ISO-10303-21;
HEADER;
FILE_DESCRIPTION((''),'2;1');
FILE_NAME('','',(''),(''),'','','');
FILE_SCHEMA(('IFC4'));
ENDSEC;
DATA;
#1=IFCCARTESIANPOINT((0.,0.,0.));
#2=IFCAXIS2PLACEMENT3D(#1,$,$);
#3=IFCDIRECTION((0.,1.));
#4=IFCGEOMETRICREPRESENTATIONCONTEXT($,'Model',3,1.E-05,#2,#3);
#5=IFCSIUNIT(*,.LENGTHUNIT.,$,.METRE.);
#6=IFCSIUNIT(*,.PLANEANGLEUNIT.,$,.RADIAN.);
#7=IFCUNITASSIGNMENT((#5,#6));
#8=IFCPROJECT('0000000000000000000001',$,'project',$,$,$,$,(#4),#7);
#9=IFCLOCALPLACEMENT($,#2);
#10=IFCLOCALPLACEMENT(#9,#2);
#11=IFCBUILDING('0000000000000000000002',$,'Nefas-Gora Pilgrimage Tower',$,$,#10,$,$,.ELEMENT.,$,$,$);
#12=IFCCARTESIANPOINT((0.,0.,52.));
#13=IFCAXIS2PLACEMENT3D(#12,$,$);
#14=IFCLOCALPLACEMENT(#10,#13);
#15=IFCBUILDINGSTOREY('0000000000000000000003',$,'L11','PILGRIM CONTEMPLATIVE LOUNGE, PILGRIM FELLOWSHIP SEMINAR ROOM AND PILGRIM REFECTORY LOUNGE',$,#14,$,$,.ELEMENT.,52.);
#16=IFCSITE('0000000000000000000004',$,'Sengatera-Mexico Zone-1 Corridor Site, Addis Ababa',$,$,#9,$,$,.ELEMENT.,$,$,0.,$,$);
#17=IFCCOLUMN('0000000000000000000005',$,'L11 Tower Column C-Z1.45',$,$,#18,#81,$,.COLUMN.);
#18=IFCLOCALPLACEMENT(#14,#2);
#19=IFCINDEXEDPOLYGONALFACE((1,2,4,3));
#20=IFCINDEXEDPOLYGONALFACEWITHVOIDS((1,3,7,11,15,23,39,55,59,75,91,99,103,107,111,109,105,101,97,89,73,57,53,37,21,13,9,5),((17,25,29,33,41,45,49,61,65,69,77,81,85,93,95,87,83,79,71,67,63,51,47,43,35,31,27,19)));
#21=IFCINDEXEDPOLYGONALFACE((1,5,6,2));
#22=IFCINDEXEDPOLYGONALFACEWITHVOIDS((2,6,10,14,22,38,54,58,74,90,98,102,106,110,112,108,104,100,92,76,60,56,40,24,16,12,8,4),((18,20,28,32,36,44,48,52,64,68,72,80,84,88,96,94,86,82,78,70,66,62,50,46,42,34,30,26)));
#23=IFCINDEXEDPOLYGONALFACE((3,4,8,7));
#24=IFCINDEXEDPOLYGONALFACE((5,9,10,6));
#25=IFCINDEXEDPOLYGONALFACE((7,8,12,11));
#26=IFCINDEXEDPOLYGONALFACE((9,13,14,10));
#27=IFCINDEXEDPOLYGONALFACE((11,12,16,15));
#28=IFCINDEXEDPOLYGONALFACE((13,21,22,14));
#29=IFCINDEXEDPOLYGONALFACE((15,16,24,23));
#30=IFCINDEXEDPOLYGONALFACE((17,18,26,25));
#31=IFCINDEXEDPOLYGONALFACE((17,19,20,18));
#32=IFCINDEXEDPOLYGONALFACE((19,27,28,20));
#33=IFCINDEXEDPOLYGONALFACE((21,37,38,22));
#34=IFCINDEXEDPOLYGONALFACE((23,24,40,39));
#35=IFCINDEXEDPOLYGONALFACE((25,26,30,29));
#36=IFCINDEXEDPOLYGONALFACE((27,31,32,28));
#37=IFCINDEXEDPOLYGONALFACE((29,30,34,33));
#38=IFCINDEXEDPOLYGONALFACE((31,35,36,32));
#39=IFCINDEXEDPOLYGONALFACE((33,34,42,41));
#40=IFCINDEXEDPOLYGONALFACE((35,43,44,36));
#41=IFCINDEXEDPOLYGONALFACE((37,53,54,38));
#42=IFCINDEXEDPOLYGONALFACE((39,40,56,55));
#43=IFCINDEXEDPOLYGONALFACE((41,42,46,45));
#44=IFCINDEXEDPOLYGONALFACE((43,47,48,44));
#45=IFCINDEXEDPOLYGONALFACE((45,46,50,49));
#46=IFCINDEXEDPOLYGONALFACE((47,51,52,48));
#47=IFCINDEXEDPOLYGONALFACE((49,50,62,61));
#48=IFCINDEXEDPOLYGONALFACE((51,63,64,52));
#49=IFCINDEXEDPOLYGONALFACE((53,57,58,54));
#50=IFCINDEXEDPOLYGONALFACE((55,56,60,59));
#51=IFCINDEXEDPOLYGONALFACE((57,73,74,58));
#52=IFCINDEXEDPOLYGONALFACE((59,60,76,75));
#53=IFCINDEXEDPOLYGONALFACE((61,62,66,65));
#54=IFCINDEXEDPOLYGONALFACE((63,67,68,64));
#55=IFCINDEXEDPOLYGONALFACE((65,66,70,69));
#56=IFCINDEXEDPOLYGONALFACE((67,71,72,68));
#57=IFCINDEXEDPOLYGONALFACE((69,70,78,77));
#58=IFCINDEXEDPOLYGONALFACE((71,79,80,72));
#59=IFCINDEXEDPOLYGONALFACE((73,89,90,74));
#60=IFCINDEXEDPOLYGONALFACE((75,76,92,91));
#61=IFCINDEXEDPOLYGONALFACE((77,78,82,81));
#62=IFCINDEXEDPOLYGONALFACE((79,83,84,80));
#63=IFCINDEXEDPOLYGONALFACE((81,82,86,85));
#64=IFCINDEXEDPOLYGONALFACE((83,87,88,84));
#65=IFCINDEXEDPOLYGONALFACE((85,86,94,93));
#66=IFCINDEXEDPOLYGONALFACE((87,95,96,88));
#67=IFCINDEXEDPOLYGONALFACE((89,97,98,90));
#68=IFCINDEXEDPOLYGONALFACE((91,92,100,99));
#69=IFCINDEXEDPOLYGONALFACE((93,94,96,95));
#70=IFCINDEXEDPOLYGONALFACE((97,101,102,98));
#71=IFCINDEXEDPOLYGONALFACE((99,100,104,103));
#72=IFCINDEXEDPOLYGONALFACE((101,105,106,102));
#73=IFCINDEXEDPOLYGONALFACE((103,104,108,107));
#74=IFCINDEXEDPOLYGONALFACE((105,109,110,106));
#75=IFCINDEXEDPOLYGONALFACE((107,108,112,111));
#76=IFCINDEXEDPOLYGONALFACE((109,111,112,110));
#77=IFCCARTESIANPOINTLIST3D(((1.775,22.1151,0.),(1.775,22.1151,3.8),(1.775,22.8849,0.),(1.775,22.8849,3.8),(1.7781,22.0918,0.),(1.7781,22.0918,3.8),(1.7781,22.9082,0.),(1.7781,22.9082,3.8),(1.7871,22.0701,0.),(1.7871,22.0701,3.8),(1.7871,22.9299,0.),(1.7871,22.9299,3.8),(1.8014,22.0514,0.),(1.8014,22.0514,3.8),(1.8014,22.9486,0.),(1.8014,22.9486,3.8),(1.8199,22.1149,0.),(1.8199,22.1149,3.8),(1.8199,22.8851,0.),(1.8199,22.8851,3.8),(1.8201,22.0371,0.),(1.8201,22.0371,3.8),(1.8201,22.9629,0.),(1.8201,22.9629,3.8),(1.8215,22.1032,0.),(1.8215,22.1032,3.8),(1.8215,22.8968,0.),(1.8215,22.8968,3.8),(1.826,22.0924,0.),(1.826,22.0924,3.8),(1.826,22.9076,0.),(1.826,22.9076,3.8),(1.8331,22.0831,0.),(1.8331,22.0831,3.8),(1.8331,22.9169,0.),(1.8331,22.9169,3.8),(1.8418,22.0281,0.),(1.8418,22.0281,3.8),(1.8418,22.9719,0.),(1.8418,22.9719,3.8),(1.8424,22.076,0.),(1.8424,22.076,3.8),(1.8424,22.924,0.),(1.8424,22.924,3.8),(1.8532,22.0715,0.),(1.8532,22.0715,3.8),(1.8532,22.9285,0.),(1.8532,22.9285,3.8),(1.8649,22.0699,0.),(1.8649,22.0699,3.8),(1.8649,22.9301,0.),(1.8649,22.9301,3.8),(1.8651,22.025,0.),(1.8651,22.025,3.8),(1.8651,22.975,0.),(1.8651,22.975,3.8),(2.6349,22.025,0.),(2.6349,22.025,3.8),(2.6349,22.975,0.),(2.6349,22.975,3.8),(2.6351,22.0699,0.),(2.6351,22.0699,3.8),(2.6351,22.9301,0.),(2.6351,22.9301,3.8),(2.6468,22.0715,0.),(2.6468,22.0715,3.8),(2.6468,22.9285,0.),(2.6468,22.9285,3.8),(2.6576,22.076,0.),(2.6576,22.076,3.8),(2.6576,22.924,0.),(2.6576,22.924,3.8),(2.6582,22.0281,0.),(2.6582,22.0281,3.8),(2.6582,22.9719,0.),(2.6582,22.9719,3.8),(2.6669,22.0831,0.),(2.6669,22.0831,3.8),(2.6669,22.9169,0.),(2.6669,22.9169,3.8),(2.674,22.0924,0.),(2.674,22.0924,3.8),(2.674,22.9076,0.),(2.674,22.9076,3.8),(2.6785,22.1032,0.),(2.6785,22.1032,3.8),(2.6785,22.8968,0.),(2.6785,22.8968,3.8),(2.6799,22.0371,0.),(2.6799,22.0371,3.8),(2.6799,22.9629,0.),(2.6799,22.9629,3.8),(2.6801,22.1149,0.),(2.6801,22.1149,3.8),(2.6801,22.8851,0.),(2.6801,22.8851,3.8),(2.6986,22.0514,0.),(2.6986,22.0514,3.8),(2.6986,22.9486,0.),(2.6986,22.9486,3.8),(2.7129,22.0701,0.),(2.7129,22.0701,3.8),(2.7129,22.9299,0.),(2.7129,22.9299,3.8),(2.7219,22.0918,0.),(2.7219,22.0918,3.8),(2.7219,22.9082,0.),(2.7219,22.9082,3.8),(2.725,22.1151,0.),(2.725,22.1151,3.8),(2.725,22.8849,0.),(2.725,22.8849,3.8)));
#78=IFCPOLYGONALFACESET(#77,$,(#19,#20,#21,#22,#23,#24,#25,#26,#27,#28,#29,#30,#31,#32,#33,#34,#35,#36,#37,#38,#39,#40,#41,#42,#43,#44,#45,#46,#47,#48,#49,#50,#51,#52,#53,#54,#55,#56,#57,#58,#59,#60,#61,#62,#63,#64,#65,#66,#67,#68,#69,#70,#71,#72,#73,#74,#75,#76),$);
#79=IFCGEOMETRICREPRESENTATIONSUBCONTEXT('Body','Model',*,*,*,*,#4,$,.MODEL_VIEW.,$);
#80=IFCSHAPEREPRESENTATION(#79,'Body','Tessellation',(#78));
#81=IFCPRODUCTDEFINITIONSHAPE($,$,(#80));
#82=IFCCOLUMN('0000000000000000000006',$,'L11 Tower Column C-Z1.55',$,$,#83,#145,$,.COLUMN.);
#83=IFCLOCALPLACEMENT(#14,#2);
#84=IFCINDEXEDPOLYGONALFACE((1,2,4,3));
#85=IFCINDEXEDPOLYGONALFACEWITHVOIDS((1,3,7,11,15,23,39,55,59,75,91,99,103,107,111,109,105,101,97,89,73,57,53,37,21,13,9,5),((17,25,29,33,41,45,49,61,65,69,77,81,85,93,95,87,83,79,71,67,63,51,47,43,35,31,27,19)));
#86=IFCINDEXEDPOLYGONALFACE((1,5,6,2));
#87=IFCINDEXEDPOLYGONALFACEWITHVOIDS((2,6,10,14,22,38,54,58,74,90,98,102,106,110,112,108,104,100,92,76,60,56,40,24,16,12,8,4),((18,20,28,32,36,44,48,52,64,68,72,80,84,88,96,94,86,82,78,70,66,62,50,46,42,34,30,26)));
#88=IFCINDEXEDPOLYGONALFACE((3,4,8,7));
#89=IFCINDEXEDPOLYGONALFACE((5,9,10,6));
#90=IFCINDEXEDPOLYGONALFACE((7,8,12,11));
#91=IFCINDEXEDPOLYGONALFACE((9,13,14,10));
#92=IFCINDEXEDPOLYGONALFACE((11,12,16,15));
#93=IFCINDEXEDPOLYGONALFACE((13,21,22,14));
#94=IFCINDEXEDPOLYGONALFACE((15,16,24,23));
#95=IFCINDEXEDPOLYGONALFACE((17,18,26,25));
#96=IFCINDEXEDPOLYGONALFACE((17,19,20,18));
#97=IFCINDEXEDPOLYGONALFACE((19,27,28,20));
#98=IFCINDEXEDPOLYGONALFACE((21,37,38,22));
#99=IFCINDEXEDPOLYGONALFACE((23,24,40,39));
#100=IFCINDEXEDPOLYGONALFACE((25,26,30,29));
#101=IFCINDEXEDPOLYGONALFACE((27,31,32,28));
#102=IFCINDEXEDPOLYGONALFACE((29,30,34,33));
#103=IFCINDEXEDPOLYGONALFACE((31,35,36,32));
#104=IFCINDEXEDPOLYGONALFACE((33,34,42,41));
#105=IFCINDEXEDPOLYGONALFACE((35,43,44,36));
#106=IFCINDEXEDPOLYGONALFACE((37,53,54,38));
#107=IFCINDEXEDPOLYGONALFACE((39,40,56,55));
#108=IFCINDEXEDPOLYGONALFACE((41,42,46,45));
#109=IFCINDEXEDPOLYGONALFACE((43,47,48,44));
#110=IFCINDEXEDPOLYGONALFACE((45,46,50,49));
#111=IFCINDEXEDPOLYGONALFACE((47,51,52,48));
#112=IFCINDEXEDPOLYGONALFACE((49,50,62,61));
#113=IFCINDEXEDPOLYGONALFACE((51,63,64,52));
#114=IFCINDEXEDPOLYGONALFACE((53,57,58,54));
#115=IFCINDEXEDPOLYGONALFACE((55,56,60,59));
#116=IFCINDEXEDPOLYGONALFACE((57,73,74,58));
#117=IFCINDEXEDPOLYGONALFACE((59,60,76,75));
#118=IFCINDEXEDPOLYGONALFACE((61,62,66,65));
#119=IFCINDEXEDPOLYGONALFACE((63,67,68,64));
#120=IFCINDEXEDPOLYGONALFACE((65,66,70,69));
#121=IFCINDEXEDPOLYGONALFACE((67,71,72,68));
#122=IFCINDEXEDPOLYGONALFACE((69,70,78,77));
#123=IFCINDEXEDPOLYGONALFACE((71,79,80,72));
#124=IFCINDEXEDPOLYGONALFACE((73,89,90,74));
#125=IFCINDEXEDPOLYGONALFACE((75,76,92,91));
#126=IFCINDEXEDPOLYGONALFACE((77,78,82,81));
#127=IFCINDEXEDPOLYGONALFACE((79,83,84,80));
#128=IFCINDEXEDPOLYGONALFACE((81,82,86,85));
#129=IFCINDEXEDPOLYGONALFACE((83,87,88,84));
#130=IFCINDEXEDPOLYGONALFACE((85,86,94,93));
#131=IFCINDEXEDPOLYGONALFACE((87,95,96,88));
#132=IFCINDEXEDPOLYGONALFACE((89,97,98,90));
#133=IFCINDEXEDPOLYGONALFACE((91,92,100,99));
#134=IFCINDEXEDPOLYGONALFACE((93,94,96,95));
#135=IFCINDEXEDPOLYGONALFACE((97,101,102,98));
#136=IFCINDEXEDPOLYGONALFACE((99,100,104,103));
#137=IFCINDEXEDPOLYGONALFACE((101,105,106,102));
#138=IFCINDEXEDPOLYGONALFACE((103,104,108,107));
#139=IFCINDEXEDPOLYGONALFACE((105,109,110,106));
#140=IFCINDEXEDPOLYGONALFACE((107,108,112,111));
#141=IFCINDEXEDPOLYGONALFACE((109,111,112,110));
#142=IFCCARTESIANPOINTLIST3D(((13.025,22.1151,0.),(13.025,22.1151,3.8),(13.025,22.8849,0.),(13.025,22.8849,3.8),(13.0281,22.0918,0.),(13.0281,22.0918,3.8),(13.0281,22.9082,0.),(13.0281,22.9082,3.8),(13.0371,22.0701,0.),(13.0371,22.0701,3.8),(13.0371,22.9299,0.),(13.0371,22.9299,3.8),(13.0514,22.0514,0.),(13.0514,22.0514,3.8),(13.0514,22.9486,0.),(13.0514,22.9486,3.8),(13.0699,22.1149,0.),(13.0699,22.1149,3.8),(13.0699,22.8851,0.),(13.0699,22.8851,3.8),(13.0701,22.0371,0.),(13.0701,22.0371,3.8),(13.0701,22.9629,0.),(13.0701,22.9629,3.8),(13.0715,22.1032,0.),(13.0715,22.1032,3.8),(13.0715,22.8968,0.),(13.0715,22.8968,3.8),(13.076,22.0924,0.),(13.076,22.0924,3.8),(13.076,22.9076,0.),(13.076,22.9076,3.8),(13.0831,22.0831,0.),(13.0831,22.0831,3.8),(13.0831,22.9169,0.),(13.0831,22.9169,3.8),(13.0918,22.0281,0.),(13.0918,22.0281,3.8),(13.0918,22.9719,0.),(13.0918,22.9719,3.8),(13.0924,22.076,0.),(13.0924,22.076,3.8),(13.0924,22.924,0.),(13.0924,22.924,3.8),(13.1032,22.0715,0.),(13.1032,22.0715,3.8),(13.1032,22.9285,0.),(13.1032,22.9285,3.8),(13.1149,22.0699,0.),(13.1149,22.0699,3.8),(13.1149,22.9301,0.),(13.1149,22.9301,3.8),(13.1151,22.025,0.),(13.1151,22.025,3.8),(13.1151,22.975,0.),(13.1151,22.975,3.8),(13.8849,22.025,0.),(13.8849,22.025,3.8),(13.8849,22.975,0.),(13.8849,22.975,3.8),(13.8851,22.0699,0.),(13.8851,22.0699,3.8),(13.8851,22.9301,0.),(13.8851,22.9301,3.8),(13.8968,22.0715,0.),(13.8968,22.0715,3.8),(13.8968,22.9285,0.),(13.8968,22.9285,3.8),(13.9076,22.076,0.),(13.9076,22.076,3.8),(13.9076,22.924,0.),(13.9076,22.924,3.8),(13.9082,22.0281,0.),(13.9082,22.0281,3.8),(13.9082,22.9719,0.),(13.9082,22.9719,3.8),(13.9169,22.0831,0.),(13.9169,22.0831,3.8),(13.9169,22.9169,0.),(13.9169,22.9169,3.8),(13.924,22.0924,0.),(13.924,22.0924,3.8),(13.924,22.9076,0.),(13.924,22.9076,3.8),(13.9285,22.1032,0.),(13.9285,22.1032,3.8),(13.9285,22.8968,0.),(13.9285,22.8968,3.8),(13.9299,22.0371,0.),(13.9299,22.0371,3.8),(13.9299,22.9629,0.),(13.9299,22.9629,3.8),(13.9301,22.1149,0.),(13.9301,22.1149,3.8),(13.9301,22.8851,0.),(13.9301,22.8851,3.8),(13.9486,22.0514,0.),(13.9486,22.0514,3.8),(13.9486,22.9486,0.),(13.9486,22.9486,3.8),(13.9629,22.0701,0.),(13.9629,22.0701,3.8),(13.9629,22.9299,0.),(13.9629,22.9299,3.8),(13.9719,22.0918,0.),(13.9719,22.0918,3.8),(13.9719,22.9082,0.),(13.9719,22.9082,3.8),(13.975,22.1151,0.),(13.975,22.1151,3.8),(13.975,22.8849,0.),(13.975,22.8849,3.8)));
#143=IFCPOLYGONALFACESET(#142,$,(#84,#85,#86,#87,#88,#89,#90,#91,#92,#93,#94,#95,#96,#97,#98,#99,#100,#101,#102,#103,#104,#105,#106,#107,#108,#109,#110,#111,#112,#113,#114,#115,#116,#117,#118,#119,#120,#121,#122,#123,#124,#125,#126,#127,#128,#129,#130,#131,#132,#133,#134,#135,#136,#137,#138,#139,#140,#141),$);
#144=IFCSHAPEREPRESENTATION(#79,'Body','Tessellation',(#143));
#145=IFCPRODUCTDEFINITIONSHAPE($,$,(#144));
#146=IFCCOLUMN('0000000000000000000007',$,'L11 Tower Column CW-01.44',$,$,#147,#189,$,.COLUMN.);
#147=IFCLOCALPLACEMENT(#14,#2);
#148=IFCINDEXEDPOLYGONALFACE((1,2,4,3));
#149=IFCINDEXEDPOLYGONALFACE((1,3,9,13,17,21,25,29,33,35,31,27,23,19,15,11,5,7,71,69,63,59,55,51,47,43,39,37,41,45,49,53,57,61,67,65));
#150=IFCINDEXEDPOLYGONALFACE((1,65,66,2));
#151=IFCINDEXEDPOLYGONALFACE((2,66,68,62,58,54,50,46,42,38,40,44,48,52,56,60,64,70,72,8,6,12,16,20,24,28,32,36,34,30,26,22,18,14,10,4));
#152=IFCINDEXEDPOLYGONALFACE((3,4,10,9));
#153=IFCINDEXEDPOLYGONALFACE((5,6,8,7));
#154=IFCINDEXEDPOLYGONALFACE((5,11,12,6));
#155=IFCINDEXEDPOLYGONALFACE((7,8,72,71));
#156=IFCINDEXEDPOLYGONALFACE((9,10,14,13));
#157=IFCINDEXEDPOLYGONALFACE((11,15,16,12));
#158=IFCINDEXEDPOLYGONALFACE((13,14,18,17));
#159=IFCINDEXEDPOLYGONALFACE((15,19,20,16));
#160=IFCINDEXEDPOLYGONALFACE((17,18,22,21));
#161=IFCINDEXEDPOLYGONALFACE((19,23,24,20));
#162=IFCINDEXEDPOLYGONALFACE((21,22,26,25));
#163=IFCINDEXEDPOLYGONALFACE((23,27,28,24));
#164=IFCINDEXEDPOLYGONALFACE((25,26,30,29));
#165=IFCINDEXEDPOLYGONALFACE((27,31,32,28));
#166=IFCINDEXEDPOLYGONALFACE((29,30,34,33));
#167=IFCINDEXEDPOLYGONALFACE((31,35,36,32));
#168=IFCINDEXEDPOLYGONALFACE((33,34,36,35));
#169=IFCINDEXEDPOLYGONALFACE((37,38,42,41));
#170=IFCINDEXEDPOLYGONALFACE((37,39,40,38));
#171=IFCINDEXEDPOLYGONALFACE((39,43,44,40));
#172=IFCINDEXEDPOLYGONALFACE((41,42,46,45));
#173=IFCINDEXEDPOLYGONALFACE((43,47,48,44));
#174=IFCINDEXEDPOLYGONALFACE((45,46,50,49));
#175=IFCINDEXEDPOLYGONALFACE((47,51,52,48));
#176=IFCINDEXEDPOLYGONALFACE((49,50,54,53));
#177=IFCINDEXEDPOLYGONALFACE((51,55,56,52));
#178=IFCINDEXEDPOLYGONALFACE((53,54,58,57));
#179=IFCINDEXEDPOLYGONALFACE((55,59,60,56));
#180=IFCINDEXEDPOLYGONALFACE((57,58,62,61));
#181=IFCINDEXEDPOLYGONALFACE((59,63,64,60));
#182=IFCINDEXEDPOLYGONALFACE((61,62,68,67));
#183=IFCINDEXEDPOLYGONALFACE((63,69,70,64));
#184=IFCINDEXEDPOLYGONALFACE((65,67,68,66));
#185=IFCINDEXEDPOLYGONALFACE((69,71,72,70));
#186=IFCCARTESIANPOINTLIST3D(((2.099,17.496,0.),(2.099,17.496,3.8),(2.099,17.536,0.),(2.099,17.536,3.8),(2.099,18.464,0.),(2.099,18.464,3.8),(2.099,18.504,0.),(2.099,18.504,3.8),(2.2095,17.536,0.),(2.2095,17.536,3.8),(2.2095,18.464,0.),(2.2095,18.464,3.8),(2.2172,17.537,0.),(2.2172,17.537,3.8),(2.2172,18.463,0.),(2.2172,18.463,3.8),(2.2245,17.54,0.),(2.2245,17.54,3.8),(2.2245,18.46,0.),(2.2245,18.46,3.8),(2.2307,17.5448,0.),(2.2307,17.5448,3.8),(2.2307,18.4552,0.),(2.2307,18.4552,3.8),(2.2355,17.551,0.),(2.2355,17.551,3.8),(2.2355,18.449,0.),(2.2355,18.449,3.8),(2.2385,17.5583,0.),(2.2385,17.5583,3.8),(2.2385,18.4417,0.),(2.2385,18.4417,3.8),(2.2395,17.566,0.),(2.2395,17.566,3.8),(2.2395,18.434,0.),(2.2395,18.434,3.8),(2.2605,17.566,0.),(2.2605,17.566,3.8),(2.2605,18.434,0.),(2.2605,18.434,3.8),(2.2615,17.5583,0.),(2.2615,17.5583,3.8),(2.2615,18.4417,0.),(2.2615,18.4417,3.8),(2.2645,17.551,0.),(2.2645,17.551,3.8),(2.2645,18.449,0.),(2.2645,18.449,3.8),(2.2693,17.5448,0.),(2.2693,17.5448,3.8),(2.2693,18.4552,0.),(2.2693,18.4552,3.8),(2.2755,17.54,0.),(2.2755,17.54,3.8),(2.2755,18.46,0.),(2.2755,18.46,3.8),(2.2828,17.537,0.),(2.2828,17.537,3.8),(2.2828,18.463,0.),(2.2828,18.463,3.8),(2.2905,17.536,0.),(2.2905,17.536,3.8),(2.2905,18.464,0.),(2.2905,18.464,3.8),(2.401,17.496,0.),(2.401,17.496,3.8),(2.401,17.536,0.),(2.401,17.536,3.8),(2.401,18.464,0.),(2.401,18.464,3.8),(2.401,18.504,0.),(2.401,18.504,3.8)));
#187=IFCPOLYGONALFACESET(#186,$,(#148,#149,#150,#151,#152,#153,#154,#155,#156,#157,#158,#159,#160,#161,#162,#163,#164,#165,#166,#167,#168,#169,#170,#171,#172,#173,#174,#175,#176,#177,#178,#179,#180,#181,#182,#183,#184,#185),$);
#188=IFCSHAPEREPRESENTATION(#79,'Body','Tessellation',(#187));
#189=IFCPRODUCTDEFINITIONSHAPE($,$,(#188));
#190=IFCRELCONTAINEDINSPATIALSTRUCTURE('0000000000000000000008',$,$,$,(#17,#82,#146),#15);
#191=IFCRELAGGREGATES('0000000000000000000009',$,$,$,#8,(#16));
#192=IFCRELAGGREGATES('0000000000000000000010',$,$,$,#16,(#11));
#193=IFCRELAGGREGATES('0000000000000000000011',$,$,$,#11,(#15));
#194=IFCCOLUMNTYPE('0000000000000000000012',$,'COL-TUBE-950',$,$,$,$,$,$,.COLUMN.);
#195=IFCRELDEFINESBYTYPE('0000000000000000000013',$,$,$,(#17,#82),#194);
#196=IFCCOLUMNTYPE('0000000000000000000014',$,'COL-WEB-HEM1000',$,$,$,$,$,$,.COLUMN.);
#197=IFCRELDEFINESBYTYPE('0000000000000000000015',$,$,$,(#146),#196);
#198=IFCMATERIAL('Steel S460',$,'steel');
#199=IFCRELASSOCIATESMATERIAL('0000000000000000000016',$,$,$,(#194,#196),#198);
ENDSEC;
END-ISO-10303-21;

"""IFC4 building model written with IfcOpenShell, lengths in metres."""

from ifc_helpers import new_model, si_unit, direction, frame, origin, origin_2d, place, context, subcontext, project, spatial, hollow_rectangle, i_section, extrude, source, transform, mapped, material, material_profile, profile_set, type_object, element, save


model = new_model("IFC4")

# Units and contexts
model_context = context("Model", 3, precision=1e-05, world=origin(), true_north=direction((0.0, 1.0)))
body_context = subcontext(model_context, "Body", "Model", "MODEL_VIEW")
ifc_project = project(units=[si_unit("LENGTHUNIT", "METRE"), si_unit("PLANEANGLEUNIT", "RADIAN")], contexts=[model_context])

# Site, building, storey
site_placement = place(None, origin())
site = spatial("IfcSite", under=ifc_project, at=site_placement, Name="Sengatera-Mexico Zone-1 Corridor Site, Addis Ababa", CompositionType="ELEMENT", RefElevation=0.0)
building_placement = place(site_placement, origin())
building = spatial("IfcBuilding", under=site, at=building_placement, Name="Nefas-Gora Pilgrimage Tower", CompositionType="ELEMENT")
storey_placement = place(building_placement, frame((0.0, 0.0, 52.0)))
storey = spatial("IfcBuildingStorey", under=building, at=storey_placement, Name="L11", Description="PILGRIM CONTEMPLATIVE LOUNGE, PILGRIM FELLOWSHIP SEMINAR ROOM AND PILGRIM REFECTORY LOUNGE", CompositionType="ELEMENT", Elevation=52.0)

# Columns
ifc_material_1 = material(Name="Steel S460", Category="steel")
ifc_material_profile_1 = material_profile(ifc_material_1, hollow_rectangle(XDim=0.95, YDim=0.95, WallThickness=0.0449, InnerFilletRadius=0.0449, OuterFilletRadius=0.0901, at=origin_2d()), Name="BOX 950x950x45")
ifc_profile_set_1 = profile_set([ifc_material_profile_1], Name="Steel S460")
column_type_1 = type_object("IfcColumnType", Name="COL-TUBE-950", PredefinedType="COLUMN", material=ifc_profile_set_1)
shared_shape_1 = source(origin(), body_context, "Body", "SweptSolid", [
    extrude(hollow_rectangle(XDim=0.95, YDim=0.95, WallThickness=0.0449, InnerFilletRadius=0.0449, OuterFilletRadius=0.0901, at=origin_2d()), origin(), (0.0, 0.0, 1.0), 3.8),
])
for number, where, z_axis, x_axis, name in (
    (1, (2.25, 22.5, 0.0), (0.0, 0.0, 1.0), (1.0, 0.0, 0.0), "L11 Tower Column C-Z1.45"),
    (2, (13.5, 22.5, 0.0), (0.0, 0.0, 1.0), (1.0, 0.0, 0.0), "L11 Tower Column C-Z1.55"),
):
    element("IfcColumn", number, at=place(storey_placement, frame(where, z_axis=z_axis, x_axis=x_axis)), inside=storey, type_object=column_type_1, Name=name, PredefinedType="COLUMN", context=body_context, shape_type="MappedRepresentation", body=[
        mapped(shared_shape_1, transform((0.0, 0.0, 0.0), x_axis=(1.0, 0.0, 0.0), y_axis=(0.0, 1.0, 0.0), z_axis=(0.0, 0.0, 1.0), scale=1.0)),
    ])
ifc_material_profile_2 = material_profile(ifc_material_1, i_section(OverallWidth=0.302, OverallDepth=1.0081, WebThickness=0.021, FlangeThickness=0.04, FilletRadius=0.03, at=origin_2d()), Name="HEM 1000")
ifc_profile_set_2 = profile_set([ifc_material_profile_2], Name="Steel S460")
column_type_2 = type_object("IfcColumnType", Name="COL-WEB-HEM1000", PredefinedType="COLUMN", material=ifc_profile_set_2)
shared_shape_2 = source(origin(), body_context, "Body", "SweptSolid", [
    extrude(i_section(OverallWidth=0.302, OverallDepth=1.0081, WebThickness=0.021, FlangeThickness=0.04, FilletRadius=0.03, at=origin_2d()), origin(), (0.0, 0.0, 1.0), 3.8),
])
for number, where, z_axis, x_axis, name in (
    (3, (2.25, 18.0, 0.0), (0.0, 0.0, 1.0), (1.0, 0.0, 0.0), "L11 Tower Column CW-01.44"),
):
    element("IfcColumn", number, at=place(storey_placement, frame(where, z_axis=z_axis, x_axis=x_axis)), inside=storey, type_object=column_type_2, Name=name, PredefinedType="COLUMN", context=body_context, shape_type="MappedRepresentation", body=[
        mapped(shared_shape_2, transform((0.0, 0.0, 0.0), x_axis=(1.0, 0.0, 0.0), y_axis=(0.0, 1.0, 0.0), z_axis=(0.0, 0.0, 1.0), scale=1.0)),
    ])

save(model, "model.ifc")
